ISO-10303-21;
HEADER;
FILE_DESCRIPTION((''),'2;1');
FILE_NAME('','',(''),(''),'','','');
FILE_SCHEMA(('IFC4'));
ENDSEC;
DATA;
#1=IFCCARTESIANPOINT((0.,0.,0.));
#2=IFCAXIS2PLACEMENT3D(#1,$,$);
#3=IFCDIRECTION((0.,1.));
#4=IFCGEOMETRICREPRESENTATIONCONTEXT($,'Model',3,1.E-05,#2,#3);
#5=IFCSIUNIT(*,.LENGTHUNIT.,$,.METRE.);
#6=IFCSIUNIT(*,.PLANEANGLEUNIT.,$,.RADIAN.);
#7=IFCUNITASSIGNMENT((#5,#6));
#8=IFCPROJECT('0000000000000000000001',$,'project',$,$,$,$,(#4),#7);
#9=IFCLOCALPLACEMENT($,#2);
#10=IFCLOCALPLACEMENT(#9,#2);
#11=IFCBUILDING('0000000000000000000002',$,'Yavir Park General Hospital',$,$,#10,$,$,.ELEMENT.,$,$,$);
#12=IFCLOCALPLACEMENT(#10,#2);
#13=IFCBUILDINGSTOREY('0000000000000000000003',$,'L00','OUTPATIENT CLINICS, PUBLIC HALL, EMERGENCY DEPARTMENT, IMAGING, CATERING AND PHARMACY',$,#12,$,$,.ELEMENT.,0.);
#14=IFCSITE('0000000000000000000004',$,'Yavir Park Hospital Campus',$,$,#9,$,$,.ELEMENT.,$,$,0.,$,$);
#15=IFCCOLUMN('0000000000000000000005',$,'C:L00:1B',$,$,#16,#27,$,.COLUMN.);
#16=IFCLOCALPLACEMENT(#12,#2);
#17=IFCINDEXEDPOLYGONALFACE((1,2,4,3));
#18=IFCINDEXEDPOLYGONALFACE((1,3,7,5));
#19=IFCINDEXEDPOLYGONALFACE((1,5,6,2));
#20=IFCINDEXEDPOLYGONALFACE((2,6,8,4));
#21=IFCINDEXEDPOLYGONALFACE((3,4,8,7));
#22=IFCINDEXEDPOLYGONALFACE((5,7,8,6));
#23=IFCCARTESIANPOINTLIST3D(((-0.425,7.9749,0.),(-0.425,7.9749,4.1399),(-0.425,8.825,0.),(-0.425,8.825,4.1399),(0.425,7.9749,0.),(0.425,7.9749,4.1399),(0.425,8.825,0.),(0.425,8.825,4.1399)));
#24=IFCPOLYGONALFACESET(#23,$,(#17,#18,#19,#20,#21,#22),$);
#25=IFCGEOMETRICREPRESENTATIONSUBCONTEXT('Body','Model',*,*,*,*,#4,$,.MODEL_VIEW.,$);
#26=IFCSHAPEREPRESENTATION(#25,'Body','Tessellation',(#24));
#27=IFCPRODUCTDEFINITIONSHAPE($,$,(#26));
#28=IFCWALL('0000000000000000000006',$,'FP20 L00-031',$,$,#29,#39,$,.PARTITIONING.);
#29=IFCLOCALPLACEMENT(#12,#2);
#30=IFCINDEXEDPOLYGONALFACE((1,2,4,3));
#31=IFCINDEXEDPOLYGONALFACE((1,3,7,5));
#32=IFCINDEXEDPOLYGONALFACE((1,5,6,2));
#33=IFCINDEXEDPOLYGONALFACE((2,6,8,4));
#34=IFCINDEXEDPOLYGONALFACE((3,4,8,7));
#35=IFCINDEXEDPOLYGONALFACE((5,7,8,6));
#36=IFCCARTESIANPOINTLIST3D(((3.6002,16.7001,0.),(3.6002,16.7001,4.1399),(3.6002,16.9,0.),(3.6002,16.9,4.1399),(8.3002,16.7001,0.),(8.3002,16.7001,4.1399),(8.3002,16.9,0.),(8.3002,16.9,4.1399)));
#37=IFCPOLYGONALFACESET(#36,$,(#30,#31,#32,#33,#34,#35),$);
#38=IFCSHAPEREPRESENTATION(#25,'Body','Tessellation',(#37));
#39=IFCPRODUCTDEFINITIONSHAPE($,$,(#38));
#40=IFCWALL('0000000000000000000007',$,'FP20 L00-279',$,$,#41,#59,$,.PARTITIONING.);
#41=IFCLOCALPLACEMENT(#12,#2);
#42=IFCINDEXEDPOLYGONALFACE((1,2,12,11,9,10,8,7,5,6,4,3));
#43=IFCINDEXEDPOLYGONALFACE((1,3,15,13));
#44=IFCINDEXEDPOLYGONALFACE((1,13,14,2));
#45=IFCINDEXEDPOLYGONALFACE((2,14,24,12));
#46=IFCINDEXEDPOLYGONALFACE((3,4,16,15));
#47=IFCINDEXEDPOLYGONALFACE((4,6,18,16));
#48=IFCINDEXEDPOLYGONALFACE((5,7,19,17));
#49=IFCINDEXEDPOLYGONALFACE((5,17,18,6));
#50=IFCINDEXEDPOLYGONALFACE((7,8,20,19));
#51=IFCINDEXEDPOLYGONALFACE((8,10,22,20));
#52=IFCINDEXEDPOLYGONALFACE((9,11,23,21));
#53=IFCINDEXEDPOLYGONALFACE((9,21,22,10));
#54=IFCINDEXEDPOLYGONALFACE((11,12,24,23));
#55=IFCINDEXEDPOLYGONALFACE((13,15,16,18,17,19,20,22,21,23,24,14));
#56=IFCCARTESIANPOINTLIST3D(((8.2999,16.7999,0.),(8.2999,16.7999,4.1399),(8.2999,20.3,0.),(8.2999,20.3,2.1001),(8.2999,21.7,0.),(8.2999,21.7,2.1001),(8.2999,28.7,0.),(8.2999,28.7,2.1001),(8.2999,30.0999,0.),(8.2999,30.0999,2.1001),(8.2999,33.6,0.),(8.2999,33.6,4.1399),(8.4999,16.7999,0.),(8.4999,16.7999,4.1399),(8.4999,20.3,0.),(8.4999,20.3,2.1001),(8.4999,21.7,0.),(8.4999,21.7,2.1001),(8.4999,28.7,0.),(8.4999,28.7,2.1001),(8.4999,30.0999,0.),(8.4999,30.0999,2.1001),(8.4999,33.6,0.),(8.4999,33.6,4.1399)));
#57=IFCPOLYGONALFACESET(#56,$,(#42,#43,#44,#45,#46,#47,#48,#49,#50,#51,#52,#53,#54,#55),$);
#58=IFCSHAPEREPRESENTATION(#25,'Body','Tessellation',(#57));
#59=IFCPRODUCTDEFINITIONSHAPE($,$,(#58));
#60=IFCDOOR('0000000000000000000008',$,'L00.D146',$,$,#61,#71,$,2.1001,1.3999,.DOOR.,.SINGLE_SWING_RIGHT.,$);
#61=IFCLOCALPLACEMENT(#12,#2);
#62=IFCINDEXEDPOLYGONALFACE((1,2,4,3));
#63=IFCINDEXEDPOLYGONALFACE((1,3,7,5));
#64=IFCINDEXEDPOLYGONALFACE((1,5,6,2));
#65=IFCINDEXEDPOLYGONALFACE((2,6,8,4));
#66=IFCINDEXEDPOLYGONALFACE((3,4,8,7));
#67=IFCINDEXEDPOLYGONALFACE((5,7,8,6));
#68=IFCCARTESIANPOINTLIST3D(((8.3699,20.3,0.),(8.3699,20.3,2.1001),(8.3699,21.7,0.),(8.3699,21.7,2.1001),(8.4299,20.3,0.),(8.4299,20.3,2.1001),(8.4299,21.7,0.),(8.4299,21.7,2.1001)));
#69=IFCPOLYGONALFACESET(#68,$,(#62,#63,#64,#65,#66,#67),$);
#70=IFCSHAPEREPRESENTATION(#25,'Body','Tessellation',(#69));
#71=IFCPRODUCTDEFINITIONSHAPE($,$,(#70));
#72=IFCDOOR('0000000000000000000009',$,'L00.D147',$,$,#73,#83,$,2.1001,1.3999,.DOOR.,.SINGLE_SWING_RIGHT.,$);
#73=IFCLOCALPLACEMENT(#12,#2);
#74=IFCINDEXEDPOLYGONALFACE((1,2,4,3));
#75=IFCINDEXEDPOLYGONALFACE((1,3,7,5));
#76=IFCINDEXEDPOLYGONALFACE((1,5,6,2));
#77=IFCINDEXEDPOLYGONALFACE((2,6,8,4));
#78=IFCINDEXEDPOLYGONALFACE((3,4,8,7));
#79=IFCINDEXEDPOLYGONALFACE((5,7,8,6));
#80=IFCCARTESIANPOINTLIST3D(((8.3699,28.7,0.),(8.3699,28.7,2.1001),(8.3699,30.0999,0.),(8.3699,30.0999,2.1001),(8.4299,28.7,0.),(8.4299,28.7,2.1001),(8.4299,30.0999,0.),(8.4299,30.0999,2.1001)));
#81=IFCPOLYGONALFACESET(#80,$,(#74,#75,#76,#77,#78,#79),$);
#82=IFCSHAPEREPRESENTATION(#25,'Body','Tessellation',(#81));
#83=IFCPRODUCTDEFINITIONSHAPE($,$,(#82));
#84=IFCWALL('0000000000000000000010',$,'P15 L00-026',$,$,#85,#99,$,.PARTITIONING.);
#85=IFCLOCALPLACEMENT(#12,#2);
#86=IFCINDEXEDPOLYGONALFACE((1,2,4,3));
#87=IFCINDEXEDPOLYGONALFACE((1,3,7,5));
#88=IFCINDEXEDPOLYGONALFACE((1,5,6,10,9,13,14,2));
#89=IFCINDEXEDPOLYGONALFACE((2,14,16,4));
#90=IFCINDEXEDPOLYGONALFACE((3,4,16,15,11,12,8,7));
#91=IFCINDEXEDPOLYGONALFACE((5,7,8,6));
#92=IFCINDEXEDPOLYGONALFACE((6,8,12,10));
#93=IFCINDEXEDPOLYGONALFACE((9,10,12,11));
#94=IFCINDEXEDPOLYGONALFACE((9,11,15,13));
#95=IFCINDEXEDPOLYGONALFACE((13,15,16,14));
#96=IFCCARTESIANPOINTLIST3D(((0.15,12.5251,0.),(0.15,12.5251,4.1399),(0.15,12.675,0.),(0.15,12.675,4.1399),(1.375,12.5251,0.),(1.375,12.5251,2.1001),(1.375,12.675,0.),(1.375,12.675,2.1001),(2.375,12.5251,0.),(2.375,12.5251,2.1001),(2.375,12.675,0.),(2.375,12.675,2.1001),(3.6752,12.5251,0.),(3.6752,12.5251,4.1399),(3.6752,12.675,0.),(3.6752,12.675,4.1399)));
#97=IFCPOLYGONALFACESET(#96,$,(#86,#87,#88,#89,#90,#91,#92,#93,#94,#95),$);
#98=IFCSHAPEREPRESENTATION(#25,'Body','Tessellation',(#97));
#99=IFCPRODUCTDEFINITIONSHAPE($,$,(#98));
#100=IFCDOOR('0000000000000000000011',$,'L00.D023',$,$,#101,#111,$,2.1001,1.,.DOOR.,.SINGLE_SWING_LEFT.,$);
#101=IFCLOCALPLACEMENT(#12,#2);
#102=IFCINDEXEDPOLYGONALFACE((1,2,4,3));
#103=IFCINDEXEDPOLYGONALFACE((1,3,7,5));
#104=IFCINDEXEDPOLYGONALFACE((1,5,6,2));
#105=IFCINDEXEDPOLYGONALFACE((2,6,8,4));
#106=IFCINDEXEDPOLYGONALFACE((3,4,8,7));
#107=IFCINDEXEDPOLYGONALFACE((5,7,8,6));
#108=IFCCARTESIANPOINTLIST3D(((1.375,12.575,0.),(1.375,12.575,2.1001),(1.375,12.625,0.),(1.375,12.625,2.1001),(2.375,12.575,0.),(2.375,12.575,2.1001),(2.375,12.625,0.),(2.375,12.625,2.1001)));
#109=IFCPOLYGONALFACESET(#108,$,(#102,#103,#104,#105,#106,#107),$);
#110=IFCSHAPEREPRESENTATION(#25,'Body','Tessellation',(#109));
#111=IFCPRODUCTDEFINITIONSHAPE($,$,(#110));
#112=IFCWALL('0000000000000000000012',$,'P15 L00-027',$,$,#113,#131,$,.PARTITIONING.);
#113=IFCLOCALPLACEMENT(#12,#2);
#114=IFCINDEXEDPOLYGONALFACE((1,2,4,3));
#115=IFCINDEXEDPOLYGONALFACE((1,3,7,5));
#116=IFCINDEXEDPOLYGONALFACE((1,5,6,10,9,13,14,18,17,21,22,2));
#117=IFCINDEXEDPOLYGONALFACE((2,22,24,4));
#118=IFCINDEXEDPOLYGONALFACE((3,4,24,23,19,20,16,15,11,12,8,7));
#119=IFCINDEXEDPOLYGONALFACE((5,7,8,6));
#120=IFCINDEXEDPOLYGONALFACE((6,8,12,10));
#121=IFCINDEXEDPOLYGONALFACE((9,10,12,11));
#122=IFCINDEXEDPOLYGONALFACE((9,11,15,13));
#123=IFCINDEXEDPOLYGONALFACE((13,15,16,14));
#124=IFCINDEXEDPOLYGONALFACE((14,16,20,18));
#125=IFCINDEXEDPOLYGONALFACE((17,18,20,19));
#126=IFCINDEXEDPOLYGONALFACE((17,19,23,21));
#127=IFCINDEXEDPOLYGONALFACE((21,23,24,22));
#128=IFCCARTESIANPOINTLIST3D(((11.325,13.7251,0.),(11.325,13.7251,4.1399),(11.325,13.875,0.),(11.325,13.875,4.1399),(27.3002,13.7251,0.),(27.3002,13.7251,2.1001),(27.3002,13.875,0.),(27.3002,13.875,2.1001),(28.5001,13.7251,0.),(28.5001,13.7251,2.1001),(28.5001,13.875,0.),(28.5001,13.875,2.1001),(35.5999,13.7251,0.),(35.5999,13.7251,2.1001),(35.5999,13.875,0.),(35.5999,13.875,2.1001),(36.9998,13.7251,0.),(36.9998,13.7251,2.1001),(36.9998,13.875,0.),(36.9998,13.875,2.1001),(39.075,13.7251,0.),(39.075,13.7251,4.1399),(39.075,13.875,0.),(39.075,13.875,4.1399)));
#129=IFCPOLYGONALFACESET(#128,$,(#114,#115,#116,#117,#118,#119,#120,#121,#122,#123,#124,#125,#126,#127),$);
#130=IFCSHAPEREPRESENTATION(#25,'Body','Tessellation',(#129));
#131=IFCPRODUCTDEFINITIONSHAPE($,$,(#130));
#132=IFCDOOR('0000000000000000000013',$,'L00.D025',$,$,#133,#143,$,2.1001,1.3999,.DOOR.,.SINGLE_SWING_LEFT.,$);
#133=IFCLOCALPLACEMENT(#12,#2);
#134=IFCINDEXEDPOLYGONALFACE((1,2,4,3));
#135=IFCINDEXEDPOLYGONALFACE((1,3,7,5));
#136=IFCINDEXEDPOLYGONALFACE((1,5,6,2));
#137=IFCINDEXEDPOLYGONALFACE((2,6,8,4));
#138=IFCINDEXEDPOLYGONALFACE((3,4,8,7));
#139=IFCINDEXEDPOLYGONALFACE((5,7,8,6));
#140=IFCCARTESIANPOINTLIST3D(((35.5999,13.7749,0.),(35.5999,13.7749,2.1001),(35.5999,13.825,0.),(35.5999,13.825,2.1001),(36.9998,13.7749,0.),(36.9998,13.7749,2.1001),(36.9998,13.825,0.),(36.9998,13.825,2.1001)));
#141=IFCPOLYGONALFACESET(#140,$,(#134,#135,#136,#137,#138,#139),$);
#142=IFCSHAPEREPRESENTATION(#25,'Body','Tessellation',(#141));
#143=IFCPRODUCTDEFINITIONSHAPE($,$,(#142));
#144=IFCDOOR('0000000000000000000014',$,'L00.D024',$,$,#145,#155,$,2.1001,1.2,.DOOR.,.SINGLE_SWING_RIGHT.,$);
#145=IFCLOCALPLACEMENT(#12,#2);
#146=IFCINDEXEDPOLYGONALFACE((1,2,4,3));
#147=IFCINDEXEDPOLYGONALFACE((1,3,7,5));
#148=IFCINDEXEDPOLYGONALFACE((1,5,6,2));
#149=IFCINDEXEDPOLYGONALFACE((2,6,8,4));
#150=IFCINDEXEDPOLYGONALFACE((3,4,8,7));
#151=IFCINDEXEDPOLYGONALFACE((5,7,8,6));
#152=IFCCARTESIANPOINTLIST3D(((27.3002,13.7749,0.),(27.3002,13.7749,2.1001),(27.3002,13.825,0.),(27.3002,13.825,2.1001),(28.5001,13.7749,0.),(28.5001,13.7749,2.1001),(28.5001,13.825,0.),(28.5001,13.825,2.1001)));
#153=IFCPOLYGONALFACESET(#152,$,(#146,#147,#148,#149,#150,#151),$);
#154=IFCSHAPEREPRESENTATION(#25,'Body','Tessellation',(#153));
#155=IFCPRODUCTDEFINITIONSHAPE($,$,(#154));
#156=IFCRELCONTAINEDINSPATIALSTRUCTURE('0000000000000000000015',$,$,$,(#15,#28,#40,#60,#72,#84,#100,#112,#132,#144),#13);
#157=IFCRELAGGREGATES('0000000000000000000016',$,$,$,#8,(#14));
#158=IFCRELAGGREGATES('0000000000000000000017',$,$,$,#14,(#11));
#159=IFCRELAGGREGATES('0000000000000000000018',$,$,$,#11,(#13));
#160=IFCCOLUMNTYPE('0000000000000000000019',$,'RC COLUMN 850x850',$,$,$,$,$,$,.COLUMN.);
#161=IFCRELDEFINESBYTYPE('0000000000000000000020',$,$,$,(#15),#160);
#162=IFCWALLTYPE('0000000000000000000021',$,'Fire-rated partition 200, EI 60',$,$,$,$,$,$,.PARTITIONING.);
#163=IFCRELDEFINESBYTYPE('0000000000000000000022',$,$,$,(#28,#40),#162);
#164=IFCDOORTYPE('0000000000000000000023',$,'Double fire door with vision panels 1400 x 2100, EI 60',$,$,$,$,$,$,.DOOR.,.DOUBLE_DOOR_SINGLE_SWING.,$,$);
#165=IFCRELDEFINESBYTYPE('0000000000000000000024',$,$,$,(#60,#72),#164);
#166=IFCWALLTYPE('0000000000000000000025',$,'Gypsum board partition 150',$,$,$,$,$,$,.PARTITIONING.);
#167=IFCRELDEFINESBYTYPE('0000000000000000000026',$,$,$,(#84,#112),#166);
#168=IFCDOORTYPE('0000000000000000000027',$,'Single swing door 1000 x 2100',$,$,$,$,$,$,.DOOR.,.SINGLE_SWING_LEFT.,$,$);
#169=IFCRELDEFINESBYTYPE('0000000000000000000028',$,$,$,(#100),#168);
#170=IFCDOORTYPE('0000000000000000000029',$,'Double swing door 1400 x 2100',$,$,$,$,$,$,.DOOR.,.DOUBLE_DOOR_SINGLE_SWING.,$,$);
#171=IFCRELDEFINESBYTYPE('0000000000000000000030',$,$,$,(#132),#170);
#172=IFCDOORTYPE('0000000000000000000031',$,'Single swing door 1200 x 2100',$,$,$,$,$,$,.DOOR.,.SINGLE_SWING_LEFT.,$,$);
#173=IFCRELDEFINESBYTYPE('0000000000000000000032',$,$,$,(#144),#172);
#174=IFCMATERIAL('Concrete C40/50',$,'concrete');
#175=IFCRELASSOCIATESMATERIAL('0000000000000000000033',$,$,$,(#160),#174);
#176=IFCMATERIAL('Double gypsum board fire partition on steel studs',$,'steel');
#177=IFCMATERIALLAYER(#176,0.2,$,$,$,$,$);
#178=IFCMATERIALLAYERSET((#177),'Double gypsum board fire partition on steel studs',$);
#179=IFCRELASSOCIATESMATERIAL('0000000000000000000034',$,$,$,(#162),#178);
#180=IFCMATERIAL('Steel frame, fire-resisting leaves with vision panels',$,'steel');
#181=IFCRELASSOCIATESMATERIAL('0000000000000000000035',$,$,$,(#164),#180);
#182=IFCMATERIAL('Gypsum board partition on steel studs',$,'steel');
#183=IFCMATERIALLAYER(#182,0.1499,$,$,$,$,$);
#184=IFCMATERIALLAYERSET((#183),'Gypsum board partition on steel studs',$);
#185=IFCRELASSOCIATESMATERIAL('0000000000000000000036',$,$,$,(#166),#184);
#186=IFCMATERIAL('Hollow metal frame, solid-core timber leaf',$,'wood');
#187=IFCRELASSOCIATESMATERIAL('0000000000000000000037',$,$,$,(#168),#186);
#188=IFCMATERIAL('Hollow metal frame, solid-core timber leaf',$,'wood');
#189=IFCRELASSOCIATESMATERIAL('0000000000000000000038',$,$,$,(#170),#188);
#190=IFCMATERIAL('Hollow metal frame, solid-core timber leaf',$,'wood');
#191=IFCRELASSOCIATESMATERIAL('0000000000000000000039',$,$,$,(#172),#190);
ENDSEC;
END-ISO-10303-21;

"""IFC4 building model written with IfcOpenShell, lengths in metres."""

from ifc_helpers import new_model, si_unit, direction, frame, frame_2d, origin, origin_2d, place, context, subcontext, project, spatial, rectangle, extrude, material, layer, layer_set, material_profile, profile_set, type_object, element, fill, save


model = new_model("IFC4")

# Units and contexts
model_context = context("Model", 3, precision=1e-05, world=origin(), true_north=direction((0.0, 1.0)))
body_context = subcontext(model_context, "Body", "Model", "MODEL_VIEW")
ifc_project = project(units=[si_unit("LENGTHUNIT", "METRE"), si_unit("PLANEANGLEUNIT", "RADIAN")], contexts=[model_context])

# Site, building, storey
site_placement = place(None, origin())
site = spatial("IfcSite", under=ifc_project, at=site_placement, Name="Yavir Park Hospital Campus", CompositionType="ELEMENT", RefElevation=0.0)
building_placement = place(site_placement, origin())
building = spatial("IfcBuilding", under=site, at=building_placement, Name="Yavir Park General Hospital", CompositionType="ELEMENT")
storey_placement = place(building_placement, origin())
storey = spatial("IfcBuildingStorey", under=building, at=storey_placement, Name="L00", Description="OUTPATIENT CLINICS, PUBLIC HALL, EMERGENCY DEPARTMENT, IMAGING, CATERING AND PHARMACY", CompositionType="ELEMENT", Elevation=0.0)

# Column
ifc_material_1 = material(Name="Concrete C40/50", Category="concrete")
ifc_material_profile = material_profile(ifc_material_1, rectangle(XDim=0.8501, YDim=0.8501, at=origin_2d()), Name="RC850x850")
ifc_profile_set = profile_set([ifc_material_profile], Name="Concrete C40/50")
column_type = type_object("IfcColumnType", Name="RC COLUMN 850x850", PredefinedType="COLUMN", material=ifc_profile_set)
column_placement = place(storey_placement, frame((0.0, 8.3999, 0.0), z_axis=(0.0, 0.0, 1.0), x_axis=(1.0, 0.0, 0.0)))
element("IfcColumn", 1, at=column_placement, inside=storey, type_object=column_type, Name="C:L00:1B", PredefinedType="COLUMN", context=body_context, shape_type="SweptSolid", body=[
    extrude(rectangle(XDim=0.8501, YDim=0.8501, at=origin_2d()), origin(), (0.0, 0.0, 1.0), 4.1399),
])

# Wall
ifc_material_2 = material(Name="Double gypsum board fire partition on steel studs", Category="steel")
ifc_layer_1 = layer(ifc_material_2, 0.2)
ifc_layer_set_1 = layer_set([ifc_layer_1], Name="Double gypsum board fire partition on steel studs")
wall_type_1 = type_object("IfcWallType", Name="Fire-rated partition 200, EI 60", PredefinedType="PARTITIONING", material=ifc_layer_set_1)
wall_1_placement = place(storey_placement, frame((3.6001, 16.8, 0.0), z_axis=(0.0, 0.0, 1.0), x_axis=(1.0, 0.0, 0.0)))
element("IfcWall", 2, at=wall_1_placement, inside=storey, type_object=wall_type_1, Name="FP20 L00-031", PredefinedType="PARTITIONING", context=body_context, shape_type="SweptSolid", body=[
    extrude(rectangle(XDim=4.7, YDim=0.2, at=frame_2d((2.3501, 0.0))), origin(), (0.0, 0.0, 1.0), 4.1399),
])

# Wall, openings, doors
wall_2_placement = place(storey_placement, frame((8.3999, 16.8, 0.0), z_axis=(0.0, 0.0, 1.0), x_axis=(0.0, 1.0, 0.0)))
wall_2 = element("IfcWall", 3, at=wall_2_placement, inside=storey, type_object=wall_type_1, Name="FP20 L00-279", PredefinedType="PARTITIONING", context=body_context, shape_type="SweptSolid", body=[
    extrude(rectangle(XDim=16.8, YDim=0.2, at=frame_2d((8.3999, 0.0))), origin(), (0.0, 0.0, 1.0), 4.1399),
])
opening_1_placement = place(wall_2_placement, frame((3.5, 0.0, 0.0)))
opening_1 = element("IfcOpeningElement", 4, at=opening_1_placement, cuts=wall_2, PredefinedType="OPENING", context=body_context, shape_type="SweptSolid", body=[
    extrude(rectangle(XDim=1.3999, YDim=2.1001, at=frame_2d((0.7, 1.05))), frame((0.0, 0.1099, 0.0), z_axis=(0.0, -1.0, 0.0), x_axis=(1.0, 0.0, 0.0)), (0.0, 0.0, 1.0), 0.22),
])
opening_2_placement = place(wall_2_placement, frame((11.8999, 0.0, 0.0)))
opening_2 = element("IfcOpeningElement", 5, at=opening_2_placement, cuts=wall_2, PredefinedType="OPENING", context=body_context, shape_type="SweptSolid", body=[
    extrude(rectangle(XDim=1.3999, YDim=2.1001, at=frame_2d((0.7, 1.05))), frame((0.0, 0.1099, 0.0), z_axis=(0.0, -1.0, 0.0), x_axis=(1.0, 0.0, 0.0)), (0.0, 0.0, 1.0), 0.22),
])
ifc_material_3 = material(Name="Steel frame, fire-resisting leaves with vision panels", Category="steel")
door_type_1 = type_object("IfcDoorType", Name="Double fire door with vision panels 1400 x 2100, EI 60", OperationType="DOUBLE_DOOR_SINGLE_SWING", PredefinedType="DOOR", material=ifc_material_3)
door_1_placement = place(opening_1_placement, origin())
door_1 = element("IfcDoor", 6, at=door_1_placement, inside=storey, type_object=door_type_1, Name="L00.D146", OperationType="SINGLE_SWING_RIGHT", OverallHeight=2.1001, OverallWidth=1.3999, PredefinedType="DOOR", context=body_context, shape_type="SweptSolid", body=[
    extrude(rectangle(XDim=1.3999, YDim=2.1001, at=frame_2d((0.7, 1.05))), frame((0.0, 0.03, 0.0), z_axis=(0.0, -1.0, 0.0), x_axis=(1.0, 0.0, 0.0)), (0.0, 0.0, 1.0), 0.0601),
])
fill(opening_1, door_1)
door_2_placement = place(opening_2_placement, origin())
door_2 = element("IfcDoor", 7, at=door_2_placement, inside=storey, type_object=door_type_1, Name="L00.D147", OperationType="SINGLE_SWING_RIGHT", OverallHeight=2.1001, OverallWidth=1.3999, PredefinedType="DOOR", context=body_context, shape_type="SweptSolid", body=[
    extrude(rectangle(XDim=1.3999, YDim=2.1001, at=frame_2d((0.7, 1.05))), frame((0.0, 0.03, 0.0), z_axis=(0.0, -1.0, 0.0), x_axis=(1.0, 0.0, 0.0)), (0.0, 0.0, 1.0), 0.0601),
])
fill(opening_2, door_2)

# Wall, opening, door
ifc_material_4 = material(Name="Gypsum board partition on steel studs", Category="steel")
ifc_layer_2 = layer(ifc_material_4, 0.1499)
ifc_layer_set_2 = layer_set([ifc_layer_2], Name="Gypsum board partition on steel studs")
wall_type_2 = type_object("IfcWallType", Name="Gypsum board partition 150", PredefinedType="PARTITIONING", material=ifc_layer_set_2)
wall_3_placement = place(storey_placement, frame((0.1499, 12.6001, 0.0), z_axis=(0.0, 0.0, 1.0), x_axis=(1.0, 0.0, 0.0)))
wall_3 = element("IfcWall", 8, at=wall_3_placement, inside=storey, type_object=wall_type_2, Name="P15 L00-026", PredefinedType="PARTITIONING", context=body_context, shape_type="SweptSolid", body=[
    extrude(rectangle(XDim=3.5251, YDim=0.1499, at=frame_2d((1.7627, 0.0))), origin(), (0.0, 0.0, 1.0), 4.1399),
])
opening_3_placement = place(wall_3_placement, frame((1.2251, 0.0, 0.0)))
opening_3 = element("IfcOpeningElement", 9, at=opening_3_placement, cuts=wall_3, PredefinedType="OPENING", context=body_context, shape_type="SweptSolid", body=[
    extrude(rectangle(XDim=1.0, YDim=2.1001, at=frame_2d((0.5, 1.05))), frame((0.0, 0.085, 0.0), z_axis=(0.0, -1.0, 0.0), x_axis=(1.0, 0.0, 0.0)), (0.0, 0.0, 1.0), 0.1699),
])
ifc_material_5 = material(Name="Hollow metal frame, solid-core timber leaf", Category="wood")
door_type_2 = type_object("IfcDoorType", Name="Single swing door 1000 x 2100", OperationType="SINGLE_SWING_LEFT", PredefinedType="DOOR", material=ifc_material_5)
door_3_placement = place(opening_3_placement, origin())
door_3 = element("IfcDoor", 10, at=door_3_placement, inside=storey, type_object=door_type_2, Name="L00.D023", OperationType="SINGLE_SWING_LEFT", OverallHeight=2.1001, OverallWidth=1.0, PredefinedType="DOOR", context=body_context, shape_type="SweptSolid", body=[
    extrude(rectangle(XDim=1.0, YDim=2.1001, at=frame_2d((0.5, 1.05))), frame((0.0, 0.0249, 0.0), z_axis=(0.0, -1.0, 0.0), x_axis=(1.0, 0.0, 0.0)), (0.0, 0.0, 1.0), 0.05),
])
fill(opening_3, door_3)

# Wall, openings, doors
wall_4_placement = place(storey_placement, frame((11.325, 13.8, 0.0), z_axis=(0.0, 0.0, 1.0), x_axis=(1.0, 0.0, 0.0)))
wall_4 = element("IfcWall", 11, at=wall_4_placement, inside=storey, type_object=wall_type_2, Name="P15 L00-027", PredefinedType="PARTITIONING", context=body_context, shape_type="SweptSolid", body=[
    extrude(rectangle(XDim=27.75, YDim=0.1499, at=frame_2d((13.875, 0.0))), origin(), (0.0, 0.0, 1.0), 4.1399),
])
opening_4_placement = place(wall_4_placement, frame((15.9751, 0.0, 0.0)))
opening_4 = element("IfcOpeningElement", 12, at=opening_4_placement, cuts=wall_4, PredefinedType="OPENING", context=body_context, shape_type="SweptSolid", body=[
    extrude(rectangle(XDim=1.2, YDim=2.1001, at=frame_2d((0.6001, 1.05))), frame((0.0, 0.085, 0.0), z_axis=(0.0, -1.0, 0.0), x_axis=(1.0, 0.0, 0.0)), (0.0, 0.0, 1.0), 0.1699),
])
opening_5_placement = place(wall_4_placement, frame((24.2749, 0.0, 0.0)))
opening_5 = element("IfcOpeningElement", 13, at=opening_5_placement, cuts=wall_4, PredefinedType="OPENING", context=body_context, shape_type="SweptSolid", body=[
    extrude(rectangle(XDim=1.3999, YDim=2.1001, at=frame_2d((0.7, 1.05))), frame((0.0, 0.085, 0.0), z_axis=(0.0, -1.0, 0.0), x_axis=(1.0, 0.0, 0.0)), (0.0, 0.0, 1.0), 0.1699),
])
ifc_material_6 = material(Name="Hollow metal frame, solid-core timber leaf", Category="wood")
door_type_3 = type_object("IfcDoorType", Name="Double swing door 1400 x 2100", OperationType="DOUBLE_DOOR_SINGLE_SWING", PredefinedType="DOOR", material=ifc_material_6)
door_4_placement = place(opening_5_placement, origin())
door_4 = element("IfcDoor", 14, at=door_4_placement, inside=storey, type_object=door_type_3, Name="L00.D025", OperationType="SINGLE_SWING_LEFT", OverallHeight=2.1001, OverallWidth=1.3999, PredefinedType="DOOR", context=body_context, shape_type="SweptSolid", body=[
    extrude(rectangle(XDim=1.3999, YDim=2.1001, at=frame_2d((0.7, 1.05))), frame((0.0, 0.0249, 0.0), z_axis=(0.0, -1.0, 0.0), x_axis=(1.0, 0.0, 0.0)), (0.0, 0.0, 1.0), 0.05),
])
fill(opening_5, door_4)
ifc_material_7 = material(Name="Hollow metal frame, solid-core timber leaf", Category="wood")
door_type_4 = type_object("IfcDoorType", Name="Single swing door 1200 x 2100", OperationType="SINGLE_SWING_LEFT", PredefinedType="DOOR", material=ifc_material_7)
door_5_placement = place(opening_4_placement, origin())
door_5 = element("IfcDoor", 15, at=door_5_placement, inside=storey, type_object=door_type_4, Name="L00.D024", OperationType="SINGLE_SWING_RIGHT", OverallHeight=2.1001, OverallWidth=1.2, PredefinedType="DOOR", context=body_context, shape_type="SweptSolid", body=[
    extrude(rectangle(XDim=1.2, YDim=2.1001, at=frame_2d((0.6001, 1.05))), frame((0.0, 0.0249, 0.0), z_axis=(0.0, -1.0, 0.0), x_axis=(1.0, 0.0, 0.0)), (0.0, 0.0, 1.0), 0.05),
])
fill(opening_4, door_5)

save(model, "model.ifc")
